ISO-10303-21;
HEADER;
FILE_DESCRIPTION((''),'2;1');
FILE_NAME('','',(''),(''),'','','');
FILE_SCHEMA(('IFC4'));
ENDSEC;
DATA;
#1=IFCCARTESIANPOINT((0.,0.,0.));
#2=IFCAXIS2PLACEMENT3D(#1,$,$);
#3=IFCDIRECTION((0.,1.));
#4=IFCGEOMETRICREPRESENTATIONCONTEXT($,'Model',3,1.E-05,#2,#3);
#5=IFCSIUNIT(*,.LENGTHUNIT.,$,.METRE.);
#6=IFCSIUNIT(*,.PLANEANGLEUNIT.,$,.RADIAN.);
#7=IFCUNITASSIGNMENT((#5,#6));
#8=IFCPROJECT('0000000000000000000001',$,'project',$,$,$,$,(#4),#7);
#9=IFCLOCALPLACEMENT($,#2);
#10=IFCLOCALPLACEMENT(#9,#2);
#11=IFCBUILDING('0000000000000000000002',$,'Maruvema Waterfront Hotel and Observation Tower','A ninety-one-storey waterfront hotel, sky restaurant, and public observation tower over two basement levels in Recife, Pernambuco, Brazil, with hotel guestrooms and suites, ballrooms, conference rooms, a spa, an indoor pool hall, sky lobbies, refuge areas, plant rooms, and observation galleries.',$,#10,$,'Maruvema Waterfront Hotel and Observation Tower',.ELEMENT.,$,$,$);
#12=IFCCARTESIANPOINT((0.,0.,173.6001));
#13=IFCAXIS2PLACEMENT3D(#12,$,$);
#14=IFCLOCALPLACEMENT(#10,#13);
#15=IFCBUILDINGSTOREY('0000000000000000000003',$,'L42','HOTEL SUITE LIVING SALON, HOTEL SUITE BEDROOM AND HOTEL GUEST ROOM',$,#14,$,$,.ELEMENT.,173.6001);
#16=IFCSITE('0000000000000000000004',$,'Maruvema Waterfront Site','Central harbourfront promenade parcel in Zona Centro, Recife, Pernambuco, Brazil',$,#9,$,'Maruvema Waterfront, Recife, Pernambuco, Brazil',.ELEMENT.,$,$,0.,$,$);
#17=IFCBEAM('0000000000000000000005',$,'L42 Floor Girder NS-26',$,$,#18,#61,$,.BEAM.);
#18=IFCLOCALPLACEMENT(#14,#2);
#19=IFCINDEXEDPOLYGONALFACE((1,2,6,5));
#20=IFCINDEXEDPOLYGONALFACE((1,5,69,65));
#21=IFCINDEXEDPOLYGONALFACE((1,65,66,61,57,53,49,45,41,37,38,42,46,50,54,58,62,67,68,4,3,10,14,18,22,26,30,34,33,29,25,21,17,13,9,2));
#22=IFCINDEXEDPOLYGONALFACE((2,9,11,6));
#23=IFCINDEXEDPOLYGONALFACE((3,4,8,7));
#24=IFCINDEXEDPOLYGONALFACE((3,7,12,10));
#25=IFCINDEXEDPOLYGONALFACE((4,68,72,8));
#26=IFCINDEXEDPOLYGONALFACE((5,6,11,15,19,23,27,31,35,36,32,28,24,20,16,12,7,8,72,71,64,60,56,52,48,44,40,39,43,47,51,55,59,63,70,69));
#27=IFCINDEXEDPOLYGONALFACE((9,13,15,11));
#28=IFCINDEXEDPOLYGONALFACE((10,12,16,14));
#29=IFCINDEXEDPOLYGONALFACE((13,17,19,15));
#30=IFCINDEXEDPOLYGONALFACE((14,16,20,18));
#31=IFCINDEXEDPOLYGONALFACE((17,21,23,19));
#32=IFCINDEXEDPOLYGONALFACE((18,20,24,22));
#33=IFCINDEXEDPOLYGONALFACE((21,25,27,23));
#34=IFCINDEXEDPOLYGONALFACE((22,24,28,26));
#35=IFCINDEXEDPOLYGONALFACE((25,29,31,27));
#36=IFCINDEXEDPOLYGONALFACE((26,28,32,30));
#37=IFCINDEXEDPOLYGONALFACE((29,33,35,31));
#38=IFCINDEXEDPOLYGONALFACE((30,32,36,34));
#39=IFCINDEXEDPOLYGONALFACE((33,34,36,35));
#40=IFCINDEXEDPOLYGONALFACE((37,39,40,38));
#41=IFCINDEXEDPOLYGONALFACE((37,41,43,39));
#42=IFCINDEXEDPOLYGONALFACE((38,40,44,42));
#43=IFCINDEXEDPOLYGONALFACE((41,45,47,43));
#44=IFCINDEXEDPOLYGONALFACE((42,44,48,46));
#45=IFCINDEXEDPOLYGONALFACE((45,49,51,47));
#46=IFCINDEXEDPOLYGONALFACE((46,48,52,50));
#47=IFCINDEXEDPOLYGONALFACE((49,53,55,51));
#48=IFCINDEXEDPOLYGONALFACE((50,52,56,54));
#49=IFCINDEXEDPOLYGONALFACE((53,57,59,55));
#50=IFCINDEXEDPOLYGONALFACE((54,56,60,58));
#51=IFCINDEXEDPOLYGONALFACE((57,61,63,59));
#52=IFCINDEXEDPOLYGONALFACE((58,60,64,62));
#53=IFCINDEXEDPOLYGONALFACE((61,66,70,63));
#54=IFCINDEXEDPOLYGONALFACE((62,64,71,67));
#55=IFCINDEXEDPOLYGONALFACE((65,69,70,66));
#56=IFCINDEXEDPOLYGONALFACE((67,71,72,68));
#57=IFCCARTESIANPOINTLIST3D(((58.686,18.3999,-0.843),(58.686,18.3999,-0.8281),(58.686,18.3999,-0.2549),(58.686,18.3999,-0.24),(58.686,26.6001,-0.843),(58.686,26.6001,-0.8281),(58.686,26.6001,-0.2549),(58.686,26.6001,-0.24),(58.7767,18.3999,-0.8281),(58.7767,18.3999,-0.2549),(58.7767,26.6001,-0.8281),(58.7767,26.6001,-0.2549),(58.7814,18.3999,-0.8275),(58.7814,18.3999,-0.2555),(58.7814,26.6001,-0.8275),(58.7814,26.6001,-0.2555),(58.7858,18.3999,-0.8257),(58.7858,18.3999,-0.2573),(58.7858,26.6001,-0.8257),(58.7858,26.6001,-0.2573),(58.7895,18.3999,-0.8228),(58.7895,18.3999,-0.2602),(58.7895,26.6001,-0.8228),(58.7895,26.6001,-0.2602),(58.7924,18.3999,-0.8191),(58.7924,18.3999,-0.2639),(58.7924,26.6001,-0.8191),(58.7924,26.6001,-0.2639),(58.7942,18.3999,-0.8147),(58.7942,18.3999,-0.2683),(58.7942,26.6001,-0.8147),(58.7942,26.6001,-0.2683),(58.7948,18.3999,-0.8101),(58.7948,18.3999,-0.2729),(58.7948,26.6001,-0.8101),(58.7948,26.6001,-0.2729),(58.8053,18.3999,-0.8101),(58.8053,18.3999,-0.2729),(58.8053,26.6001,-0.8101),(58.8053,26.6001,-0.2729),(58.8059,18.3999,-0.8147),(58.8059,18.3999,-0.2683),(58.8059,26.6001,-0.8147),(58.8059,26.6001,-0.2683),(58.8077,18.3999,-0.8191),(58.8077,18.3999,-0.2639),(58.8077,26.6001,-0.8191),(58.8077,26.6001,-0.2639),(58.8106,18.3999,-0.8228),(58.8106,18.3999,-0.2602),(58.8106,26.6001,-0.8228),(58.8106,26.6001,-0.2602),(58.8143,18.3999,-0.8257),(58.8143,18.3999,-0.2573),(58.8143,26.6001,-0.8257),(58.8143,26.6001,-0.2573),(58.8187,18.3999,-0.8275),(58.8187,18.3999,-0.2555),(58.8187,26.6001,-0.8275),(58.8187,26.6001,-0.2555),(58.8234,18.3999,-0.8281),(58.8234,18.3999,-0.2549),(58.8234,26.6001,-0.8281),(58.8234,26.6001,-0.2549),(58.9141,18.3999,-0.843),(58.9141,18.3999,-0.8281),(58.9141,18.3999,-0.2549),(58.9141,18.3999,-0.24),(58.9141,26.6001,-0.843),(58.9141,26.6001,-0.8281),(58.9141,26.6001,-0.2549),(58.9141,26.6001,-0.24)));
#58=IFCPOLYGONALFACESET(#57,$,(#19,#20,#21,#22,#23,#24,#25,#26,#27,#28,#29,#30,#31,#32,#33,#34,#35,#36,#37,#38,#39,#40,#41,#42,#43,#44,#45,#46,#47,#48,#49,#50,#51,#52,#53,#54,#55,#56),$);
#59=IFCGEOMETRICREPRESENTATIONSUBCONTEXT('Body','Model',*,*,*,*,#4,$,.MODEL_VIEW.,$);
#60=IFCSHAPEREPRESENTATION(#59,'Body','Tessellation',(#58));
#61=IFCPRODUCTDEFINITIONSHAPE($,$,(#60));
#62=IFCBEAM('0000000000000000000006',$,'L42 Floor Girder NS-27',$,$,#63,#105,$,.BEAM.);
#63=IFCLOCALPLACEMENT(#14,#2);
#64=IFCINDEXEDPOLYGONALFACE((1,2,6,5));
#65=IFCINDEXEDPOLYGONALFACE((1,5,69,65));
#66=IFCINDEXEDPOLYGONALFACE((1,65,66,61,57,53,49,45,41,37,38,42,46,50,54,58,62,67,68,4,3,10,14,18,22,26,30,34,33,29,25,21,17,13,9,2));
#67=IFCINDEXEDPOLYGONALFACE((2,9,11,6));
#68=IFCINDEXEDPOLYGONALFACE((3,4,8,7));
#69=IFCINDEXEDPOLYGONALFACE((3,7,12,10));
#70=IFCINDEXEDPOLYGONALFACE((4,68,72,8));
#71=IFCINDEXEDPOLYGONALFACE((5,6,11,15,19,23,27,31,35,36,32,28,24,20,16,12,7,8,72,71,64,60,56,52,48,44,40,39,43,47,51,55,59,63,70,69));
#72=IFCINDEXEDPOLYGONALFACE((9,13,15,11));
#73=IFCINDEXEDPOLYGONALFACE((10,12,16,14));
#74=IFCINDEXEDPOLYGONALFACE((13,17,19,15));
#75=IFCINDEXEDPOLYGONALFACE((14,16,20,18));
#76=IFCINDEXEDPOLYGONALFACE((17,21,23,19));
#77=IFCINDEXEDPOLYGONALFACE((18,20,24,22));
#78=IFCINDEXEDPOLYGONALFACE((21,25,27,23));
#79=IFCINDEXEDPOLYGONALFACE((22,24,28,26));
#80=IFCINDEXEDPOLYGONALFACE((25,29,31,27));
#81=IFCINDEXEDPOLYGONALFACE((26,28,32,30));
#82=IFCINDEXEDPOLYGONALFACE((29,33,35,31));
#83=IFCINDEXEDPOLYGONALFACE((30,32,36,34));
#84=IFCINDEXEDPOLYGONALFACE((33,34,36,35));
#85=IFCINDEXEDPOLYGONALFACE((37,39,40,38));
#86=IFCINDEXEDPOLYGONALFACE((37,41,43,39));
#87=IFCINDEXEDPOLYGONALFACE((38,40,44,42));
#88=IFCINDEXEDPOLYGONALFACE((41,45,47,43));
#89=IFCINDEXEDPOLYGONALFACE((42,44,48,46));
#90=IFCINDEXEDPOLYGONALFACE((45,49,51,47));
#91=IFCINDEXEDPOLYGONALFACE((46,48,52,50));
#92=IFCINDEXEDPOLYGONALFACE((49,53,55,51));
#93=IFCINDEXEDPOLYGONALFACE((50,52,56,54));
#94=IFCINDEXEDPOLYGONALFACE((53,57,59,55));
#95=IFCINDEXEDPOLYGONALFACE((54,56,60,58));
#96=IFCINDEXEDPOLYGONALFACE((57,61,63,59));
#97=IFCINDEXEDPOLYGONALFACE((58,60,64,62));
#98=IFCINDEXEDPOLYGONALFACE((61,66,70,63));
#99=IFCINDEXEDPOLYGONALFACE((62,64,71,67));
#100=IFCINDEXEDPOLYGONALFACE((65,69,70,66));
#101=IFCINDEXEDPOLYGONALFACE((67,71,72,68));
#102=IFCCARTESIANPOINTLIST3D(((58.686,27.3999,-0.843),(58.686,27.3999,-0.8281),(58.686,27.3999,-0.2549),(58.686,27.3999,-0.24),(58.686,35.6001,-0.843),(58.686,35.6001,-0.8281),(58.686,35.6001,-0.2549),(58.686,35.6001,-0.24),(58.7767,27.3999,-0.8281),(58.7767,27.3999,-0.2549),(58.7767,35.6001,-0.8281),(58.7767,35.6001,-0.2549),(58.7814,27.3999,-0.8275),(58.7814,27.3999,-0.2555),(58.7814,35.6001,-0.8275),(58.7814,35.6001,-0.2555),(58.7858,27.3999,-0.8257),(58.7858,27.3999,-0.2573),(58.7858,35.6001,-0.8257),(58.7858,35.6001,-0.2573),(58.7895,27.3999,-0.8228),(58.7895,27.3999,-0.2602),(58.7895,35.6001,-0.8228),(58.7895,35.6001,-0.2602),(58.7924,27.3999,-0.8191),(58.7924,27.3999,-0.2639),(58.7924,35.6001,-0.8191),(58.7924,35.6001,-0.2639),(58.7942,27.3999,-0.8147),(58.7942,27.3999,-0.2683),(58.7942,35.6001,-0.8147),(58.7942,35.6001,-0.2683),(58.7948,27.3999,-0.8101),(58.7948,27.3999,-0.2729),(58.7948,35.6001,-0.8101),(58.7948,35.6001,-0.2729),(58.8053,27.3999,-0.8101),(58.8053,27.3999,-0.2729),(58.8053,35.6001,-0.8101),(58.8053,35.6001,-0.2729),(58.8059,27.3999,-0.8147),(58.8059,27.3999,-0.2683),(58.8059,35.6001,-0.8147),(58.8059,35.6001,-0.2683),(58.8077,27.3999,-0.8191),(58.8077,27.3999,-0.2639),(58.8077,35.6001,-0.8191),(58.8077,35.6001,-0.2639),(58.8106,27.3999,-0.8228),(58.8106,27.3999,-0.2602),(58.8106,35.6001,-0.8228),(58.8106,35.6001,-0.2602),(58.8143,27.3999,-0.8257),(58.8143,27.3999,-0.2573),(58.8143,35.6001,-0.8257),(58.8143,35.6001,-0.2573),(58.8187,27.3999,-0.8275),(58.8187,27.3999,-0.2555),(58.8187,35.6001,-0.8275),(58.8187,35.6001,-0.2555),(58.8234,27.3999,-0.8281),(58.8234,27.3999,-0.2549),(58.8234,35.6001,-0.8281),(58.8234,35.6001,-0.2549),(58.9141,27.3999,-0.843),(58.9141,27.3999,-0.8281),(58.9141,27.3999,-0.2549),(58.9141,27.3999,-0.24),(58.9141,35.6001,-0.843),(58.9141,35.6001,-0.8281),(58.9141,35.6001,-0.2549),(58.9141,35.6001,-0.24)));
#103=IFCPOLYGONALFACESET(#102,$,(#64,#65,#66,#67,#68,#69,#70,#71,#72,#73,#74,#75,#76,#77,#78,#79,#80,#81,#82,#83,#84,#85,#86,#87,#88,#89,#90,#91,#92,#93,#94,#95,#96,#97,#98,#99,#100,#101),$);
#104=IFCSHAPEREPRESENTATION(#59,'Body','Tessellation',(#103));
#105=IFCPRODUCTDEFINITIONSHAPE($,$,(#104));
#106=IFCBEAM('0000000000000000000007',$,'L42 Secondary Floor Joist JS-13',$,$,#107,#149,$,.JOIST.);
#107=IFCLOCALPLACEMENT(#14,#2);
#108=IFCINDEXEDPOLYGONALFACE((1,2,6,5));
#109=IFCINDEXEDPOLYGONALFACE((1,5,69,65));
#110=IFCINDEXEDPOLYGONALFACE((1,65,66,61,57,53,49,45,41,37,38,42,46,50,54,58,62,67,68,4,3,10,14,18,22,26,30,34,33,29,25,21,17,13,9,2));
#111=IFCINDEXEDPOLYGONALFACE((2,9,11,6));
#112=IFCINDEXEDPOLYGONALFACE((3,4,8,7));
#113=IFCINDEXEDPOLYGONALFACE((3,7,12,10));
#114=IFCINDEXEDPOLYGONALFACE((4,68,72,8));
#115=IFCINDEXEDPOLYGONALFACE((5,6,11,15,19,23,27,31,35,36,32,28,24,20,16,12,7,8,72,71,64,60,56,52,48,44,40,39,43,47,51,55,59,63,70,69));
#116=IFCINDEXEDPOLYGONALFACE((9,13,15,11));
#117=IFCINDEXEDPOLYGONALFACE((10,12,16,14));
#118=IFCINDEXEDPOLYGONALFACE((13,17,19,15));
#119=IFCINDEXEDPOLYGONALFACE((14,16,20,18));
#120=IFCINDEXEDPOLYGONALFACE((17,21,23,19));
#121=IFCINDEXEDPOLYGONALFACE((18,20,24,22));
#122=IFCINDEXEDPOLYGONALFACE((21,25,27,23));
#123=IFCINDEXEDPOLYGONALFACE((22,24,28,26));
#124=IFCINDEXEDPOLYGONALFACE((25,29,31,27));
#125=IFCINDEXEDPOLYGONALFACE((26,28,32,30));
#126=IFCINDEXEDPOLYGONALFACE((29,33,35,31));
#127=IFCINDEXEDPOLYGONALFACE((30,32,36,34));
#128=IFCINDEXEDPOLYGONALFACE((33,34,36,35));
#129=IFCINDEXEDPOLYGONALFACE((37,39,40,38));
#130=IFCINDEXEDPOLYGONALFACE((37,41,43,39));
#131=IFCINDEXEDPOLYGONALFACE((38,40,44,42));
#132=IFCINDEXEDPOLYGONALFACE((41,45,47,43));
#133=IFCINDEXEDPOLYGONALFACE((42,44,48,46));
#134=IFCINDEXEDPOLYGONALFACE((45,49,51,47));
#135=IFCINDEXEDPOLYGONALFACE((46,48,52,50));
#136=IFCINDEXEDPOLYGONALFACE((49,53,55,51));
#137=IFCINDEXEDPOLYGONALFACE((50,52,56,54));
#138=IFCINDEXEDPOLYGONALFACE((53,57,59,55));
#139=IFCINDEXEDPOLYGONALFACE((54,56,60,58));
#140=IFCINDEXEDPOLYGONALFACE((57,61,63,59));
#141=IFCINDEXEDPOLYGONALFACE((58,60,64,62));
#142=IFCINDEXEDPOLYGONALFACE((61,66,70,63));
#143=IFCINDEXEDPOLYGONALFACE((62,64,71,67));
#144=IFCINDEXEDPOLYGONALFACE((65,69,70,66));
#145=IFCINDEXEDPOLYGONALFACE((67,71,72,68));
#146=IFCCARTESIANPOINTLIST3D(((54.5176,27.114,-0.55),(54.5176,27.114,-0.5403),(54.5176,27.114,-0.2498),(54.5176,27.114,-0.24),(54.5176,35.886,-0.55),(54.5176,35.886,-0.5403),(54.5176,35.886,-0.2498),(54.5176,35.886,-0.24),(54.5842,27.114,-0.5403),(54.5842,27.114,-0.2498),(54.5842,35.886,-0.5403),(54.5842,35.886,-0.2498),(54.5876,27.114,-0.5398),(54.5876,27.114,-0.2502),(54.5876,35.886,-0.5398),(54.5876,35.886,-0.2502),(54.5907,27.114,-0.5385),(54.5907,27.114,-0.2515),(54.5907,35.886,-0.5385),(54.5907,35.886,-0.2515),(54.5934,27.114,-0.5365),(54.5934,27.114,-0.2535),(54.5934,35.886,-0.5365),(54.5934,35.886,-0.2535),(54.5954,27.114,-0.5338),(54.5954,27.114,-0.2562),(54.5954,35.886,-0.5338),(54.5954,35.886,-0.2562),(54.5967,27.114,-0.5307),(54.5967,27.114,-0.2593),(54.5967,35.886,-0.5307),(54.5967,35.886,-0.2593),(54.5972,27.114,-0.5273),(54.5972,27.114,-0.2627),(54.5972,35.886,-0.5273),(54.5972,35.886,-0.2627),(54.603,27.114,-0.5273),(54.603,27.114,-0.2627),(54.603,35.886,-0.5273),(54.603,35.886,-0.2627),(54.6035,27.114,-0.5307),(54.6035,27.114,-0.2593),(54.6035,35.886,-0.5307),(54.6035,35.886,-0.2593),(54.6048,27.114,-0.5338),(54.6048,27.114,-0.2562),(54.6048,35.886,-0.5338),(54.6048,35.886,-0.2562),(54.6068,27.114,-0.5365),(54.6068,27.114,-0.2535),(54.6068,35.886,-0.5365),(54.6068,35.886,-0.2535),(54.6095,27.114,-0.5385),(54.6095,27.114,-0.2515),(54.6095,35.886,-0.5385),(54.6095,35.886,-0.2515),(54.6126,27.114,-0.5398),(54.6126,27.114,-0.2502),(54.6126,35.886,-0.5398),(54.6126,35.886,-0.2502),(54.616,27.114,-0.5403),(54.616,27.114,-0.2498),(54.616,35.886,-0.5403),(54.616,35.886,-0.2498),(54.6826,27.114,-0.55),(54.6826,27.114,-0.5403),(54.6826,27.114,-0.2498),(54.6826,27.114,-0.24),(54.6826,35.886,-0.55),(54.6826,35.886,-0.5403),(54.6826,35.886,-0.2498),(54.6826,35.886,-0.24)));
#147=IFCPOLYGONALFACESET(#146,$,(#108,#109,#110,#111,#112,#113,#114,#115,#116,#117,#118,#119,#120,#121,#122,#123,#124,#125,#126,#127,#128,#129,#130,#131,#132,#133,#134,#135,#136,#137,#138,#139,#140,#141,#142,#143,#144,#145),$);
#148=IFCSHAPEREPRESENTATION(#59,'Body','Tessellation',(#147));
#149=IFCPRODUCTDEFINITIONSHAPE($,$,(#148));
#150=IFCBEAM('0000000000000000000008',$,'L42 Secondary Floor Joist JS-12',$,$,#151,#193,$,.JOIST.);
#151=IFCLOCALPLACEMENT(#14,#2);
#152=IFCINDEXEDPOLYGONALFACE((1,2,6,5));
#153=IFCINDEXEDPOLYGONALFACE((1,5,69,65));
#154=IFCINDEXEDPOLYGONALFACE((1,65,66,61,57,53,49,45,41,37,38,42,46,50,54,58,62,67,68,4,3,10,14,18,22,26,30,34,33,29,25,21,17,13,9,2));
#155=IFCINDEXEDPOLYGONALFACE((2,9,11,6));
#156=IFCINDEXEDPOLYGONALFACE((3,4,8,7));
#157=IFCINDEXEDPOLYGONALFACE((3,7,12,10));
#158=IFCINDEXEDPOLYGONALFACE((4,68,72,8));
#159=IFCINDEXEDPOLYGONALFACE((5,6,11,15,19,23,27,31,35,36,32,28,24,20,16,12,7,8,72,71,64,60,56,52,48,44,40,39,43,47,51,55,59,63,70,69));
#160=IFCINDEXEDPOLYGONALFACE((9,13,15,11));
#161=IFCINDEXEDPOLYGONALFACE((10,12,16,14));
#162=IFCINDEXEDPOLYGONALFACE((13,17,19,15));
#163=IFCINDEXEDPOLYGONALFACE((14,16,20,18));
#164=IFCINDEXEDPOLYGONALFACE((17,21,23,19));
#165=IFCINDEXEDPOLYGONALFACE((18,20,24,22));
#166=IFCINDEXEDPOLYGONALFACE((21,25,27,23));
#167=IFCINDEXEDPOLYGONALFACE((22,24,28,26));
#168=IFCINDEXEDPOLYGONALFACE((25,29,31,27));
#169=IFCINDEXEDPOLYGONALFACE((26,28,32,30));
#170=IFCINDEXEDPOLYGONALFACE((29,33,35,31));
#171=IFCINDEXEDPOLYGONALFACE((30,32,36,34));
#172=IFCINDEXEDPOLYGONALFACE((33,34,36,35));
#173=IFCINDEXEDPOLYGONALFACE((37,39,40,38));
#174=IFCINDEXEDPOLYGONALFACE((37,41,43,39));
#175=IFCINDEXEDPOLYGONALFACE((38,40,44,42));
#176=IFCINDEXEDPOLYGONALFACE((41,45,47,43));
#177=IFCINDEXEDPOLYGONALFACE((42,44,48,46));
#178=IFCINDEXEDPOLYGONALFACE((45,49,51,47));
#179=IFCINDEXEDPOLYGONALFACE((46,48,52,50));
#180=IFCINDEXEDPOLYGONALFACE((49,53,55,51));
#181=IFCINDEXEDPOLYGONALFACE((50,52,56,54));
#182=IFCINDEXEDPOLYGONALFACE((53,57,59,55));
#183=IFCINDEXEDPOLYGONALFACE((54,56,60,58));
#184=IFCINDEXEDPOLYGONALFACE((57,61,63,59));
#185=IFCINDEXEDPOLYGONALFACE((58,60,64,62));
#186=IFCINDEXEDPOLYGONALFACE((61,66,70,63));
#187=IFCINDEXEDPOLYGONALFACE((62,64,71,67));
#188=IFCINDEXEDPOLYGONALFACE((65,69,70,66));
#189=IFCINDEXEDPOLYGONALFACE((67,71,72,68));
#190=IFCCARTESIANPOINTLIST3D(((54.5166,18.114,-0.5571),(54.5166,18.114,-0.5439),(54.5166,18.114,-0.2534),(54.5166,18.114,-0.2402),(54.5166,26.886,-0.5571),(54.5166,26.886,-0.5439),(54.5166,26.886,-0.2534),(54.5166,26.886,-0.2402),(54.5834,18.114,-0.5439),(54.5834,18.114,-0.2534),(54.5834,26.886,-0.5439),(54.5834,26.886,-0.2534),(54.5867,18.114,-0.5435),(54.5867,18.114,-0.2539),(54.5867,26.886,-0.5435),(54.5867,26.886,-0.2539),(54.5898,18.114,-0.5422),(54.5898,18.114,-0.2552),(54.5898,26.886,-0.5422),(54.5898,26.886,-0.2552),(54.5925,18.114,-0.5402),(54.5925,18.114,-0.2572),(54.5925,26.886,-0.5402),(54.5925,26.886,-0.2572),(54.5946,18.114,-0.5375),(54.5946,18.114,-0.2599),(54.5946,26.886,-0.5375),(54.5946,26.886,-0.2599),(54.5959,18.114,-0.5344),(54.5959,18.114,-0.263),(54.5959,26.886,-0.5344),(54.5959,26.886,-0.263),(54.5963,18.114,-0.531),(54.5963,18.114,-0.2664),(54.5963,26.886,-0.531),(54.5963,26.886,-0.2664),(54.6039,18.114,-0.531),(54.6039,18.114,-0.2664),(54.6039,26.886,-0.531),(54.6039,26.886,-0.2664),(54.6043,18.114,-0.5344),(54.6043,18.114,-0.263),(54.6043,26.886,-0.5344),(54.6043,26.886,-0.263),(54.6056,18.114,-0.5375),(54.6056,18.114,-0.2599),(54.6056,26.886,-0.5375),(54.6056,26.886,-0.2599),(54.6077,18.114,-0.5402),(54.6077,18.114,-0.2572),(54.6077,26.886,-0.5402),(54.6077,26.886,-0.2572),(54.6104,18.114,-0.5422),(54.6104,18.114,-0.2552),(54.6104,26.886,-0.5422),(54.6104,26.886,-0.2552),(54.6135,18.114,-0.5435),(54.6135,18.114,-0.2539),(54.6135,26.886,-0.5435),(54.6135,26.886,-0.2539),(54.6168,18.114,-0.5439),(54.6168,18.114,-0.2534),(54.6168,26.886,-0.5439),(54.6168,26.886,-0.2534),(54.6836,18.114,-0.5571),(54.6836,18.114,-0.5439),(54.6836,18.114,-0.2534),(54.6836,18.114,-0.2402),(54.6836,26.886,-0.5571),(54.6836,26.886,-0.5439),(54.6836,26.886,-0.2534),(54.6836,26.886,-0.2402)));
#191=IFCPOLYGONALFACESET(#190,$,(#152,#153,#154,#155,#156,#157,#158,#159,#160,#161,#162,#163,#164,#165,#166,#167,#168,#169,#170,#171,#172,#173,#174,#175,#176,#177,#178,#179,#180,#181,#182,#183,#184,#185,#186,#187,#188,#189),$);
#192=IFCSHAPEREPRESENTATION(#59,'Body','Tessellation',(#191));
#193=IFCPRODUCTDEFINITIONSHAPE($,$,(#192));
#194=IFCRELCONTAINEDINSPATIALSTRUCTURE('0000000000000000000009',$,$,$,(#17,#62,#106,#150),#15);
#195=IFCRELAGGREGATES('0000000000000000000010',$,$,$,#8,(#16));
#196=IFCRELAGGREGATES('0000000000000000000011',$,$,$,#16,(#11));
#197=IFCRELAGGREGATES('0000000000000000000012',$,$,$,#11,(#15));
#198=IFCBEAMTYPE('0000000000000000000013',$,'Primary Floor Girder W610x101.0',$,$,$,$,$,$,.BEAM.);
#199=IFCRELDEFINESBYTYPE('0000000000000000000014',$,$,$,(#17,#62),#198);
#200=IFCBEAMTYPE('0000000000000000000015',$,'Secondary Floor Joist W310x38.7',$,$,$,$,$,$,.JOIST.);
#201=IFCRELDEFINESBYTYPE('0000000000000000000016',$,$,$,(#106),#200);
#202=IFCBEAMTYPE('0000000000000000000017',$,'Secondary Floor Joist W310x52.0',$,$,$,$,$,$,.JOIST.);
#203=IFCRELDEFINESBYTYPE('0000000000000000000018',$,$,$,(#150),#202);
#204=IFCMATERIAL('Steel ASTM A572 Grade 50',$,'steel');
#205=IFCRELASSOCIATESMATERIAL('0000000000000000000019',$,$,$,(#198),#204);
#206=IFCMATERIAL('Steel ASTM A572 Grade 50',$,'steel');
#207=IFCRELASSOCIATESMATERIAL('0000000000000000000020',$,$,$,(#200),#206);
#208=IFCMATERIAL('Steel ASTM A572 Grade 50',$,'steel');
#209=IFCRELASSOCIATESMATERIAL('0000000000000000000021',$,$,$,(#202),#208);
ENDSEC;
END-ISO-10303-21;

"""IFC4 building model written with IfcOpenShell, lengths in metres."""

from ifc_helpers import new_model, si_unit, direction, frame, origin, origin_2d, place, context, subcontext, project, spatial, i_section, extrude, material, material_profile, profile_set, type_object, element, save


model = new_model("IFC4")

# Units and contexts
model_context = context("Model", 3, precision=1e-05, world=origin(), true_north=direction((0.0, 1.0)))
body_context = subcontext(model_context, "Body", "Model", "MODEL_VIEW")
ifc_project = project(units=[si_unit("LENGTHUNIT", "METRE"), si_unit("PLANEANGLEUNIT", "RADIAN")], contexts=[model_context])

# Site, building, storey
site_placement = place(None, origin())
site = spatial("IfcSite", under=ifc_project, at=site_placement, Name="Maruvema Waterfront Site", Description="Central harbourfront promenade parcel in Zona Centro, Recife, Pernambuco, Brazil", LongName="Maruvema Waterfront, Recife, Pernambuco, Brazil", CompositionType="ELEMENT", RefElevation=0.0)
building_placement = place(site_placement, origin())
building = spatial("IfcBuilding", under=site, at=building_placement, Name="Maruvema Waterfront Hotel and Observation Tower", Description="A ninety-one-storey waterfront hotel, sky restaurant, and public observation tower over two basement levels in Recife, Pernambuco, Brazil, with hotel guestrooms and suites, ballrooms, conference rooms, a spa, an indoor pool hall, sky lobbies, refuge areas, plant rooms, and observation galleries.", LongName="Maruvema Waterfront Hotel and Observation Tower", CompositionType="ELEMENT")
storey_placement = place(building_placement, frame((0.0, 0.0, 173.6001)))
storey = spatial("IfcBuildingStorey", under=building, at=storey_placement, Name="L42", Description="HOTEL SUITE LIVING SALON, HOTEL SUITE BEDROOM AND HOTEL GUEST ROOM", CompositionType="ELEMENT", Elevation=173.6001)

# Beams
ifc_material_1 = material(Name="Steel ASTM A572 Grade 50", Category="steel")
ifc_material_profile_1 = material_profile(ifc_material_1, i_section(OverallWidth=0.228, OverallDepth=0.603, WebThickness=0.0105, FlangeThickness=0.0149, FilletRadius=0.0181, at=origin_2d()), Name="W610x101.0")
ifc_profile_set_1 = profile_set([ifc_material_profile_1], Name="Steel ASTM A572 Grade 50")
beam_type_1 = type_object("IfcBeamType", Name="Primary Floor Girder W610x101.0", PredefinedType="BEAM", material=ifc_profile_set_1)
for number, where, z_axis, x_axis, name in (
    (1, (58.8, 18.3999, -0.5415), (0.0, 1.0, 0.0), (-1.0, 0.0, 0.0), "L42 Floor Girder NS-26"),
    (2, (58.8, 27.3999, -0.5415), (0.0, 1.0, 0.0), (-1.0, 0.0, 0.0), "L42 Floor Girder NS-27"),
):
    element("IfcBeam", number, at=place(storey_placement, frame(where, z_axis=z_axis, x_axis=x_axis)), inside=storey, type_object=beam_type_1, Name=name, PredefinedType="BEAM", context=body_context, shape_type="SweptSolid", body=[
        extrude(i_section(OverallWidth=0.228, OverallDepth=0.603, WebThickness=0.0105, FlangeThickness=0.0149, FilletRadius=0.0181, at=origin_2d()), origin(), (0.0, 0.0, 1.0), 8.2002),
    ])
ifc_material_2 = material(Name="Steel ASTM A572 Grade 50", Category="steel")
ifc_material_profile_2 = material_profile(ifc_material_2, i_section(OverallWidth=0.165, OverallDepth=0.3101, WebThickness=0.0059, FlangeThickness=0.0098, FilletRadius=0.0129, at=origin_2d()), Name="W310x38.7")
ifc_profile_set_2 = profile_set([ifc_material_profile_2], Name="Steel ASTM A572 Grade 50")
beam_type_2 = type_object("IfcBeamType", Name="Secondary Floor Joist W310x38.7", PredefinedType="JOIST", material=ifc_profile_set_2)
beam_1_placement = place(storey_placement, frame((54.6001, 27.114, -0.395), z_axis=(0.0, 1.0, 0.0), x_axis=(-1.0, 0.0, 0.0)))
element("IfcBeam", 3, at=beam_1_placement, inside=storey, type_object=beam_type_2, Name="L42 Secondary Floor Joist JS-13", PredefinedType="JOIST", context=body_context, shape_type="SweptSolid", body=[
    extrude(i_section(OverallWidth=0.165, OverallDepth=0.3101, WebThickness=0.0059, FlangeThickness=0.0098, FilletRadius=0.0129, at=origin_2d()), origin(), (0.0, 0.0, 1.0), 8.772),
])
ifc_material_3 = material(Name="Steel ASTM A572 Grade 50", Category="steel")
ifc_material_profile_3 = material_profile(ifc_material_3, i_section(OverallWidth=0.167, OverallDepth=0.3169, WebThickness=0.0076, FlangeThickness=0.0132, FilletRadius=0.0129, at=origin_2d()), Name="W310x52.0")
ifc_profile_set_3 = profile_set([ifc_material_profile_3], Name="Steel ASTM A572 Grade 50")
beam_type_3 = type_object("IfcBeamType", Name="Secondary Floor Joist W310x52.0", PredefinedType="JOIST", material=ifc_profile_set_3)
beam_2_placement = place(storey_placement, frame((54.6001, 18.114, -0.3987), z_axis=(0.0, 1.0, 0.0), x_axis=(-1.0, 0.0, 0.0)))
element("IfcBeam", 4, at=beam_2_placement, inside=storey, type_object=beam_type_3, Name="L42 Secondary Floor Joist JS-12", PredefinedType="JOIST", context=body_context, shape_type="SweptSolid", body=[
    extrude(i_section(OverallWidth=0.167, OverallDepth=0.3169, WebThickness=0.0076, FlangeThickness=0.0132, FilletRadius=0.0129, at=origin_2d()), origin(), (0.0, 0.0, 1.0), 8.772),
])

save(model, "model.ifc")
